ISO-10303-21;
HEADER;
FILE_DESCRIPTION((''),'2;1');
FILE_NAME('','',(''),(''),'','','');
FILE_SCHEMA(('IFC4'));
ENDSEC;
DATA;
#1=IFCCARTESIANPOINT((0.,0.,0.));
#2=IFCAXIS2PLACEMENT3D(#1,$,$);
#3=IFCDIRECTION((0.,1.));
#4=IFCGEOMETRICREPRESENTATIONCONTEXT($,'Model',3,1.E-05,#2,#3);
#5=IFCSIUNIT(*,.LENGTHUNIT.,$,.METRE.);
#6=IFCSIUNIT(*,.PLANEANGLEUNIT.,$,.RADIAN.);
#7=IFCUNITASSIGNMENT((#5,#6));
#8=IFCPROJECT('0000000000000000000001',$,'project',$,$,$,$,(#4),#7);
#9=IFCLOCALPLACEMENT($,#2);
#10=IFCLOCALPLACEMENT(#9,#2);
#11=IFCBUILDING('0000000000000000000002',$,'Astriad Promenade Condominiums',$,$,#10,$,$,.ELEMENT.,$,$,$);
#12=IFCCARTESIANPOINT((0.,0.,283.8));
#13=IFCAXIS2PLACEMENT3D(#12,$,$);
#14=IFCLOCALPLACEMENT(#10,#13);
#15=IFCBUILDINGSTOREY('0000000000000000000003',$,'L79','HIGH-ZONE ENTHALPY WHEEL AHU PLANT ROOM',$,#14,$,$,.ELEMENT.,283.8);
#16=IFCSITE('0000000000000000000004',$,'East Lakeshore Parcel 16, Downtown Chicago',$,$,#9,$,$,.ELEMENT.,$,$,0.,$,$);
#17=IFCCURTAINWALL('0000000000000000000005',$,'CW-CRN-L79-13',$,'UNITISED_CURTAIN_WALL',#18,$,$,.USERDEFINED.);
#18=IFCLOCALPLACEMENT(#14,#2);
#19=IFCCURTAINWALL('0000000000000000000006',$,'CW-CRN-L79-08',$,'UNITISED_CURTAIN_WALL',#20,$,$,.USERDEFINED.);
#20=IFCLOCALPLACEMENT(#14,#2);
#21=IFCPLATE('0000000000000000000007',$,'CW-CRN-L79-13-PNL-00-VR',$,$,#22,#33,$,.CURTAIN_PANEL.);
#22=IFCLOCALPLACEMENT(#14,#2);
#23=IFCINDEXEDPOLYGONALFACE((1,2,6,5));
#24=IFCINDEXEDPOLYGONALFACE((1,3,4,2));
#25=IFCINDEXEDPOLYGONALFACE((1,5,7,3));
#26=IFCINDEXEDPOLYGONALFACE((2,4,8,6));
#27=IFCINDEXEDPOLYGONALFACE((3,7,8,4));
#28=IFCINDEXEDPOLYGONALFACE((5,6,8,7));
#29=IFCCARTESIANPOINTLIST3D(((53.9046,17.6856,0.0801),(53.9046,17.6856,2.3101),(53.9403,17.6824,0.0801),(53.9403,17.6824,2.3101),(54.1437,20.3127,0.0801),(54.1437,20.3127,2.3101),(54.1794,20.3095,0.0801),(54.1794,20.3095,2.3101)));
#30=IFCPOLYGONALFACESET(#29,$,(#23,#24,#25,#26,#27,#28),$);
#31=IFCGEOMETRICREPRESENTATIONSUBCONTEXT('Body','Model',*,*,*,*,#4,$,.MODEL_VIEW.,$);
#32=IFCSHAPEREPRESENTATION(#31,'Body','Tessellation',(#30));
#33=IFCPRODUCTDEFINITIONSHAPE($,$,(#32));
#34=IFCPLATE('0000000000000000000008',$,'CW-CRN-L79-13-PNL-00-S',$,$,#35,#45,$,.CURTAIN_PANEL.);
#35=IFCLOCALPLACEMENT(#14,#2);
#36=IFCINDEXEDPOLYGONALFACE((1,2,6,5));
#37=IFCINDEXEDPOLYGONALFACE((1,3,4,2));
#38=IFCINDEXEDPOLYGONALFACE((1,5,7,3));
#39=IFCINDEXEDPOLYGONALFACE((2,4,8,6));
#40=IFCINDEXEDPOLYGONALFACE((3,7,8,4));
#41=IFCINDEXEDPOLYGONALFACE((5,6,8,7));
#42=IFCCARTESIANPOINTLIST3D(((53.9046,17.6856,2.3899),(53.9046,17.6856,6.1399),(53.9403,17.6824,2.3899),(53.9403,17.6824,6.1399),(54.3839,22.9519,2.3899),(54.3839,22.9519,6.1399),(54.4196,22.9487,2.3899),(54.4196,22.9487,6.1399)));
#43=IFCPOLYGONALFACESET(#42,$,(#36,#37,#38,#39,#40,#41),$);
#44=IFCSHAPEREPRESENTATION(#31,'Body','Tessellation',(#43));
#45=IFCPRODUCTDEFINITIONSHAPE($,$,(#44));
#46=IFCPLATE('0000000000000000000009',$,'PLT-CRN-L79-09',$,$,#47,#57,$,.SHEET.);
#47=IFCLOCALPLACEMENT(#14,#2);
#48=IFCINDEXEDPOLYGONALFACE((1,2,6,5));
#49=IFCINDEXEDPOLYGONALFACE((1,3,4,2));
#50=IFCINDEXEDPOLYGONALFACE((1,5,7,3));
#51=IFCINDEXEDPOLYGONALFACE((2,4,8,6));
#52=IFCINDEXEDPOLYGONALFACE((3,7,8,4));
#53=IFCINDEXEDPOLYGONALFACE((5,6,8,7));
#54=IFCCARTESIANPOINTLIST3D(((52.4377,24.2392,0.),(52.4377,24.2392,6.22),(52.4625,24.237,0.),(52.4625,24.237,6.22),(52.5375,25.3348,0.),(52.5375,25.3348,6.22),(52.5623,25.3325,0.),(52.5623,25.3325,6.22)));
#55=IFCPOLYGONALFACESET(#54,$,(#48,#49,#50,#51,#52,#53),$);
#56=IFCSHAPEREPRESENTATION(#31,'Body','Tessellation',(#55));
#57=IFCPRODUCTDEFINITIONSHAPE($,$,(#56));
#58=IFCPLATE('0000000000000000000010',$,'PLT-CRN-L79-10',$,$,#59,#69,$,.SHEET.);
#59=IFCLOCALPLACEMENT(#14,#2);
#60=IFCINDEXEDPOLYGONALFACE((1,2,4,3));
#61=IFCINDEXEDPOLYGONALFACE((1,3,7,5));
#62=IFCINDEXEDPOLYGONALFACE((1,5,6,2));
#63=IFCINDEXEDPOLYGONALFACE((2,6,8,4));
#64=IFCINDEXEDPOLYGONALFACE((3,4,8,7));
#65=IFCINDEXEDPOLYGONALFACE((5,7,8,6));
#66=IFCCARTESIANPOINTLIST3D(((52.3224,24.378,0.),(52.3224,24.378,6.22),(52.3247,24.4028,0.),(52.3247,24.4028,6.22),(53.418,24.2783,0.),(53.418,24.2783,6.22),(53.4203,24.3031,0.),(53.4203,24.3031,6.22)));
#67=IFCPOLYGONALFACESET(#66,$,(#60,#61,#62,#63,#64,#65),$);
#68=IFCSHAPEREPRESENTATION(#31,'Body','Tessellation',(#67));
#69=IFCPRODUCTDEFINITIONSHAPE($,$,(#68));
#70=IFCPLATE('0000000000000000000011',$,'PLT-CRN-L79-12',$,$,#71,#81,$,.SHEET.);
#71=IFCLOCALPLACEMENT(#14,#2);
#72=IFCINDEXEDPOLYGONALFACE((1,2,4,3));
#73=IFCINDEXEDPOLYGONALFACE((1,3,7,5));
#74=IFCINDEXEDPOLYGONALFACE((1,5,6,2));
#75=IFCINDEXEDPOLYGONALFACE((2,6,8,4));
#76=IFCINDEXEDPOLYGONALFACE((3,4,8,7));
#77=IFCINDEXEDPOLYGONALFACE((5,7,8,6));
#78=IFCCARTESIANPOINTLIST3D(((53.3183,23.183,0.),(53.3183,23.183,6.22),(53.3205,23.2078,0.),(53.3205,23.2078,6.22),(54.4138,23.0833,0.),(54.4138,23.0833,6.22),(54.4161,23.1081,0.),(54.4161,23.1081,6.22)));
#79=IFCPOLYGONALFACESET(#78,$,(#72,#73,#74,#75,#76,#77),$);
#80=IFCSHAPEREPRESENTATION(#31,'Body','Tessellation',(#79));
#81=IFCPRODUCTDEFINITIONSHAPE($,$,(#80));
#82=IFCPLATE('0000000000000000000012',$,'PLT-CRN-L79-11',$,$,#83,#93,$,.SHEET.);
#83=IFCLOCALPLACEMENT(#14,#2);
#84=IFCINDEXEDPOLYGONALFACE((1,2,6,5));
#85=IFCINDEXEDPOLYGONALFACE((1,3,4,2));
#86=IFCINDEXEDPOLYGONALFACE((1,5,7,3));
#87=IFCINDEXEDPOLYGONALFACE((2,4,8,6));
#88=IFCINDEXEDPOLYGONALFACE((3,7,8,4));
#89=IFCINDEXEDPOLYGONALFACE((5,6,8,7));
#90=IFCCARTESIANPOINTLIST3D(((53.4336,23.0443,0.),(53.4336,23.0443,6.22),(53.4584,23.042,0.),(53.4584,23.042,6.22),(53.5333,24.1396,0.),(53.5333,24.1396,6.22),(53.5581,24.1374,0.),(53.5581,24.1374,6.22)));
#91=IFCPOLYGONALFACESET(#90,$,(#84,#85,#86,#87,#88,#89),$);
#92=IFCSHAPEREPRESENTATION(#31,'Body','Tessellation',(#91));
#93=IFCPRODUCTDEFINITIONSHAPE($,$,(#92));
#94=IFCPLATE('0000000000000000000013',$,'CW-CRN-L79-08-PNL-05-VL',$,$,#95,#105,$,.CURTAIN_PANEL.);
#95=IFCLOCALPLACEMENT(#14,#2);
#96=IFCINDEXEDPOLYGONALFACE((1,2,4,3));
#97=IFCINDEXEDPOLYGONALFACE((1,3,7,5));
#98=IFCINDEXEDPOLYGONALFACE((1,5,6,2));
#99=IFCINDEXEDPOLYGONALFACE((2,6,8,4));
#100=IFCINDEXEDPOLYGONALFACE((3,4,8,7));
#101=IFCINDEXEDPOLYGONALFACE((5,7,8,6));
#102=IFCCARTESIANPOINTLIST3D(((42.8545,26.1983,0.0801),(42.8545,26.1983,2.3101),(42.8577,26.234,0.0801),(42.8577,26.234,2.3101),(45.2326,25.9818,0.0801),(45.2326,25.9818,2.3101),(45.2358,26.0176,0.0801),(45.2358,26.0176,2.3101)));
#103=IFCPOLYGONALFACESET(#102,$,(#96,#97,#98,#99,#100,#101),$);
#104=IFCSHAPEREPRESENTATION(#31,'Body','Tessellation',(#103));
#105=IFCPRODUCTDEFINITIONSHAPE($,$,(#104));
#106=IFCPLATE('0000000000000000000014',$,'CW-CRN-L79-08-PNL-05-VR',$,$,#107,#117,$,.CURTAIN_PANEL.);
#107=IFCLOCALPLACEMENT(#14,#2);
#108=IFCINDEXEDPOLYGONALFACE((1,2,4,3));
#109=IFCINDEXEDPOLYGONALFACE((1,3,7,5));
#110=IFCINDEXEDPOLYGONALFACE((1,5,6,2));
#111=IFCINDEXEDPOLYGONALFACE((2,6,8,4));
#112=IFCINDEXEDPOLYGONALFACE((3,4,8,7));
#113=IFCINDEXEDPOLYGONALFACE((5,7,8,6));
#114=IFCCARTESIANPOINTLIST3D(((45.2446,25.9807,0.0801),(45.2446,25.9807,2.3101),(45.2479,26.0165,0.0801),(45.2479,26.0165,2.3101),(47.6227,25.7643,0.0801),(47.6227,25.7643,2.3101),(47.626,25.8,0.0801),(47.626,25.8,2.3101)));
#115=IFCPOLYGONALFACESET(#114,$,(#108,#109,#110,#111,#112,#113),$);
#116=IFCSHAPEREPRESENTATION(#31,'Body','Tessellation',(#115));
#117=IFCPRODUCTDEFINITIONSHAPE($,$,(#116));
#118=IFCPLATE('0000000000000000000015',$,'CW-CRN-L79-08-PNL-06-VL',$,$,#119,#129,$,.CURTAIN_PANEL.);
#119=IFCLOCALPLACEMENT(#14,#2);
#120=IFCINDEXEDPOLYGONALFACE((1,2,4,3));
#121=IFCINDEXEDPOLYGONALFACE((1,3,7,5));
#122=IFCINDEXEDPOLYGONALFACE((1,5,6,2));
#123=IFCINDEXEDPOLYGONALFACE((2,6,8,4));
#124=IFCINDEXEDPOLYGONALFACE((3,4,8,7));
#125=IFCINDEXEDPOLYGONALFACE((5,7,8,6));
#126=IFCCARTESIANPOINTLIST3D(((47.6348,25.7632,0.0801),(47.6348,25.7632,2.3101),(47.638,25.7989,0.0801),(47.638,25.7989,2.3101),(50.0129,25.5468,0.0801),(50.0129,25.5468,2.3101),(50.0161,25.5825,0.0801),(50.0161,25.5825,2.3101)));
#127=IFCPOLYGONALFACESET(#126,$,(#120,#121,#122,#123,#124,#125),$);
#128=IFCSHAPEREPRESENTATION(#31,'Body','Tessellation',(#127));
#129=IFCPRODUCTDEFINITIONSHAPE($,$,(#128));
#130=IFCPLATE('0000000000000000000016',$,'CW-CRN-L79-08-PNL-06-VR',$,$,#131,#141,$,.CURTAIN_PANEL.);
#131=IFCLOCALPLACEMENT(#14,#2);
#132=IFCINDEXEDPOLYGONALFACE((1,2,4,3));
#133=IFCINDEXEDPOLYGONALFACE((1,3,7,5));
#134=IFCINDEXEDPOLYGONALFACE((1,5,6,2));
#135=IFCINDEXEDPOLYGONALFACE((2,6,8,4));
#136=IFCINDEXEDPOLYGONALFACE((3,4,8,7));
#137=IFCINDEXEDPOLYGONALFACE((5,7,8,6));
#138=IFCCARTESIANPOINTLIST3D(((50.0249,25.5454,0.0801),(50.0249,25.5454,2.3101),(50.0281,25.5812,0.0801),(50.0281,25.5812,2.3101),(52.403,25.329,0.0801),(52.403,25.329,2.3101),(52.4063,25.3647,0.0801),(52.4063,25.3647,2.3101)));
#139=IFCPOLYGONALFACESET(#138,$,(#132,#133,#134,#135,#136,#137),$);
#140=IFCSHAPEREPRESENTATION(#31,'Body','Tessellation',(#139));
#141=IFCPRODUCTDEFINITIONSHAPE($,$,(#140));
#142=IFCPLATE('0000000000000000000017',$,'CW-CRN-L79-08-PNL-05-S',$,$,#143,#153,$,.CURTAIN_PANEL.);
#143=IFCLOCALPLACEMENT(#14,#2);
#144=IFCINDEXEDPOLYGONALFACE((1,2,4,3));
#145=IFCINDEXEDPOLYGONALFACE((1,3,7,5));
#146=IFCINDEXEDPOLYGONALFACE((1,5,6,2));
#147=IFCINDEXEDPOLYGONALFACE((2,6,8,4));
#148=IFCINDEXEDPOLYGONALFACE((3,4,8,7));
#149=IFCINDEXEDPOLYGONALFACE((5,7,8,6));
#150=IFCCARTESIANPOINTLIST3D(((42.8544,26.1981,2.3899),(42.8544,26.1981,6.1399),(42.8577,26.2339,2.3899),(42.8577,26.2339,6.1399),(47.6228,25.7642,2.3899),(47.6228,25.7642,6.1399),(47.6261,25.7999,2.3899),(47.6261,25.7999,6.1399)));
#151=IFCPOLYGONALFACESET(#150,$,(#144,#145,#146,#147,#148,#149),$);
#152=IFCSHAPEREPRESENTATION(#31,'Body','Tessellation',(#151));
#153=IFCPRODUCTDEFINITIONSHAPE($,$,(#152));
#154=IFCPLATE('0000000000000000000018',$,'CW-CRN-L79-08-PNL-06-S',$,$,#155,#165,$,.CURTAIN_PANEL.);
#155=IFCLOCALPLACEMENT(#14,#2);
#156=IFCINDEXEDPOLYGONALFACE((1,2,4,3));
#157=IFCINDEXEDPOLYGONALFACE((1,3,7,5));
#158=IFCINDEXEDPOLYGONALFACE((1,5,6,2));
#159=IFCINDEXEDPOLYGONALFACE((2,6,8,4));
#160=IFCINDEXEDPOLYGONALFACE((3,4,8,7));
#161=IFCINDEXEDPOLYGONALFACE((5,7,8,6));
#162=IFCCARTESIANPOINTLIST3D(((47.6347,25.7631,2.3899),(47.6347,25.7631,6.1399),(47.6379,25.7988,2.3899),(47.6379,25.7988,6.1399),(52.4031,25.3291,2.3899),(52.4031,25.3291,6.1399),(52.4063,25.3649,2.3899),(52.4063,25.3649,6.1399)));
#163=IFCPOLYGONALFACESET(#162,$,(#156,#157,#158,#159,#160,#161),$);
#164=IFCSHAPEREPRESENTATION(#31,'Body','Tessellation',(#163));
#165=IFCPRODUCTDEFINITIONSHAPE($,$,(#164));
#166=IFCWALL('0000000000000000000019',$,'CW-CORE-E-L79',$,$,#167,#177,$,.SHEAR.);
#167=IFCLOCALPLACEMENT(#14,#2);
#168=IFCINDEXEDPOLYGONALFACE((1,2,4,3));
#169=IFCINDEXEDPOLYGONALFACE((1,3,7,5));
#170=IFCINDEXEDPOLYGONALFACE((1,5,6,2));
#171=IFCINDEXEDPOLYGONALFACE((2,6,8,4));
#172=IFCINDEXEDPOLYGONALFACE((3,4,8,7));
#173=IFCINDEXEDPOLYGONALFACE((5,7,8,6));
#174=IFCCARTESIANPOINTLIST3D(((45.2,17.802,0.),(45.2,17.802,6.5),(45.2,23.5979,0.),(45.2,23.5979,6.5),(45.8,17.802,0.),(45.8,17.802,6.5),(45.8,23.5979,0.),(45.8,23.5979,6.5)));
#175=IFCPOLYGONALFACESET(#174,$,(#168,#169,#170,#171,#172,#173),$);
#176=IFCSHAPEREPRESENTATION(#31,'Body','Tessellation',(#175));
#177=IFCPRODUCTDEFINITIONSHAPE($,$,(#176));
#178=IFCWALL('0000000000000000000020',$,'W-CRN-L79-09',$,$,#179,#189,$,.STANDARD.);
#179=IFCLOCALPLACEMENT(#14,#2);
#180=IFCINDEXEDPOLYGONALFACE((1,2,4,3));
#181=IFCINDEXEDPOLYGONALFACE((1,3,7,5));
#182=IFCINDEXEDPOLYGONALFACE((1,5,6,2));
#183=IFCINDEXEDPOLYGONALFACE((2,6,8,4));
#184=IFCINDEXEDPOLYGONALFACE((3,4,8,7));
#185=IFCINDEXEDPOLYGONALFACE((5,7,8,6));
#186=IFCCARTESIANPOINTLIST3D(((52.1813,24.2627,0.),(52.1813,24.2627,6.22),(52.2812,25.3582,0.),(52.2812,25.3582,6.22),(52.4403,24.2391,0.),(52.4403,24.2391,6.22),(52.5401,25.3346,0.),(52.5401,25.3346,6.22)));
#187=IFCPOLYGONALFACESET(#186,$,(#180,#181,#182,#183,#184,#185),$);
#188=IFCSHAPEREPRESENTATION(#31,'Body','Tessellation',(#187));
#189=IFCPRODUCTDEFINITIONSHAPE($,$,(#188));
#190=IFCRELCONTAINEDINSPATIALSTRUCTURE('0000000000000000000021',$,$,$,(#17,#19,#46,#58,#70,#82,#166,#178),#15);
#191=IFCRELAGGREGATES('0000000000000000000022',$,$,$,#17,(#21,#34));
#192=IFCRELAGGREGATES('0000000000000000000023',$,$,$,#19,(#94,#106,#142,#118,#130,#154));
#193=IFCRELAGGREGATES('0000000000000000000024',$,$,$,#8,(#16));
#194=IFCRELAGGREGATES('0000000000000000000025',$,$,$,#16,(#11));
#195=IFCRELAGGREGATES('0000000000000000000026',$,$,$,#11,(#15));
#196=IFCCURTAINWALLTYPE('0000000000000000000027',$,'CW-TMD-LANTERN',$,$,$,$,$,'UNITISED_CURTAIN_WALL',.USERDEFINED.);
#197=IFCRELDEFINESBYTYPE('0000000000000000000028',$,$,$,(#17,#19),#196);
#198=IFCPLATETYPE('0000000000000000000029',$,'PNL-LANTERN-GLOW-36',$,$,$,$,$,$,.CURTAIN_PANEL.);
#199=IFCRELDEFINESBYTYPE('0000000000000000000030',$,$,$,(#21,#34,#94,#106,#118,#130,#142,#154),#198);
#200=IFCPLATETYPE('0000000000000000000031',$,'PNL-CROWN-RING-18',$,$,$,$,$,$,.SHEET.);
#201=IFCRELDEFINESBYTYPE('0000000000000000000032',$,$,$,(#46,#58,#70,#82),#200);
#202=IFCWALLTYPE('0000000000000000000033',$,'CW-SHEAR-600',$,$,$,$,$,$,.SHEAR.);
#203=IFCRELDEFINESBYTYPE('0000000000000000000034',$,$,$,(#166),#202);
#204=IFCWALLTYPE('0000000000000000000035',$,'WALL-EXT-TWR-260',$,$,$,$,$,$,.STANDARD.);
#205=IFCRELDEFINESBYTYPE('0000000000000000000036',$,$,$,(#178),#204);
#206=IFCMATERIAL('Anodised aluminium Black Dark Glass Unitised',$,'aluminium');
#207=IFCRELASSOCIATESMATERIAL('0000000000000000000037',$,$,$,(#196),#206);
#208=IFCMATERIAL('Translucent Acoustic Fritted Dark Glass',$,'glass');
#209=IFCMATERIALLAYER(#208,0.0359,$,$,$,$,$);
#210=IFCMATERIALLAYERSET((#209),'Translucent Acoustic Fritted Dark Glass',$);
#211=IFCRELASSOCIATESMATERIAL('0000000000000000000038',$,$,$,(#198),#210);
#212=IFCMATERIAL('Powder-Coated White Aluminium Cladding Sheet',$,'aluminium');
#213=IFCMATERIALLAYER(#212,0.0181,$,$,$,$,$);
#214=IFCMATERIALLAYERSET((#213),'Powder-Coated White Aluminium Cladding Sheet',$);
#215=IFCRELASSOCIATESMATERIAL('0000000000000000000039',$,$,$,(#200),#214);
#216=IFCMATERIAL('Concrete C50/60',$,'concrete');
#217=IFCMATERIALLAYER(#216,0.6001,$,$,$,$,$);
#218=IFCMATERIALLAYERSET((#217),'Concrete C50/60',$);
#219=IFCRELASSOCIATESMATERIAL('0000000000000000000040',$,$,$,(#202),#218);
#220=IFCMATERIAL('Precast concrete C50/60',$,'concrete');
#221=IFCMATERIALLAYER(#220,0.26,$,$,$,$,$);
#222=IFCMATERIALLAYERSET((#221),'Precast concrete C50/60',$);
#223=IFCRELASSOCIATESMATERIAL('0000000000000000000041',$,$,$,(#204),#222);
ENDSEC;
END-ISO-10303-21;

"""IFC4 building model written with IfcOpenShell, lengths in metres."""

from ifc_helpers import new_model, si_unit, direction, frame, frame_2d, origin, origin_2d, place, context, subcontext, project, spatial, rectangle, extrude, source, transform, mapped, material, layer, layer_set, type_object, type_shapes, element, aggregate, save


model = new_model("IFC4")

# Units and contexts
model_context = context("Model", 3, precision=1e-05, world=origin(), true_north=direction((0.0, 1.0)))
body_context = subcontext(model_context, "Body", "Model", "MODEL_VIEW")
ifc_project = project(units=[si_unit("LENGTHUNIT", "METRE"), si_unit("PLANEANGLEUNIT", "RADIAN")], contexts=[model_context])

# Site, building, storey
site_placement = place(None, origin())
site = spatial("IfcSite", under=ifc_project, at=site_placement, Name="East Lakeshore Parcel 16, Downtown Chicago", CompositionType="ELEMENT", RefElevation=0.0)
building_placement = place(site_placement, origin())
building = spatial("IfcBuilding", under=site, at=building_placement, Name="Astriad Promenade Condominiums", CompositionType="ELEMENT")
storey_placement = place(building_placement, frame((0.0, 0.0, 283.8)))
storey = spatial("IfcBuildingStorey", under=building, at=storey_placement, Name="L79", Description="HIGH-ZONE ENTHALPY WHEEL AHU PLANT ROOM", CompositionType="ELEMENT", Elevation=283.8)

# Shared definitions
ifc_material_1 = material(Name="Concrete C50/60", Category="concrete")

# Curtain wall
ifc_material_2 = material(Name="Anodised aluminium Black Dark Glass Unitised", Category="aluminium")
curtain_wall_type = type_object("IfcCurtainWallType", Name="CW-TMD-LANTERN", ElementType="UNITISED_CURTAIN_WALL", PredefinedType="USERDEFINED", material=ifc_material_2)
curtain_wall_1_placement = place(storey_placement, origin())
curtain_wall_1 = element("IfcCurtainWall", 1, at=curtain_wall_1_placement, inside=storey, type_object=curtain_wall_type, Name="CW-CRN-L79-13", ObjectType="UNITISED_CURTAIN_WALL", PredefinedType="USERDEFINED")

# Curtain wall
curtain_wall_2_placement = place(storey_placement, origin())
curtain_wall_2 = element("IfcCurtainWall", 2, at=curtain_wall_2_placement, inside=storey, type_object=curtain_wall_type, Name="CW-CRN-L79-08", ObjectType="UNITISED_CURTAIN_WALL", PredefinedType="USERDEFINED")

# Plates
ifc_material_3 = material(Name="Translucent Acoustic Fritted Dark Glass", Category="glass")
ifc_layer_1 = layer(ifc_material_3, 0.0359)
ifc_layer_set_1 = layer_set([ifc_layer_1], Name="Translucent Acoustic Fritted Dark Glass")
plate_type_1 = type_object("IfcPlateType", Name="PNL-LANTERN-GLOW-36", PredefinedType="CURTAIN_PANEL", material=ifc_layer_set_1)
shared_shape_1 = source(origin(), body_context, "Body", "SweptSolid", [
    extrude(rectangle(XDim=2.6379, YDim=0.0359, at=origin_2d()), origin(), (0.0, 0.0, 1.0), 2.23),
])
plate_1_placement = place(storey_placement, frame((54.042, 18.9976, 0.0801), z_axis=(0.0, 0.0, 1.0), x_axis=(-0.090633, -0.995884, 0.0)))
plate_1 = element("IfcPlate", 3, at=plate_1_placement, type_object=plate_type_1, Name="CW-CRN-L79-13-PNL-00-VR", PredefinedType="CURTAIN_PANEL", context=body_context, shape_type="MappedRepresentation", body=[
    mapped(shared_shape_1, transform((0.0, 0.0, 0.0), scale=1.0)),
])
shared_shape_2 = source(origin(), body_context, "Body", "SweptSolid", [
    extrude(rectangle(XDim=5.2881, YDim=0.0359, at=origin_2d()), origin(), (0.0, 0.0, 1.0), 3.75),
])
plate_2_placement = place(storey_placement, frame((54.1621, 20.3171, 2.3899), z_axis=(0.0, 0.0, 1.0), x_axis=(-0.090633, -0.995884, 0.0)))
plate_2 = element("IfcPlate", 4, at=plate_2_placement, type_object=plate_type_1, Name="CW-CRN-L79-13-PNL-00-S", PredefinedType="CURTAIN_PANEL", context=body_context, shape_type="MappedRepresentation", body=[
    mapped(shared_shape_2, transform((0.0, 0.0, 0.0), scale=1.0)),
])
aggregate(curtain_wall_1, [plate_1, plate_2])

# Plates
ifc_material_4 = material(Name="Powder-Coated White Aluminium Cladding Sheet", Category="aluminium")
ifc_layer_2 = layer(ifc_material_4, 0.0181)
ifc_layer_set_2 = layer_set([ifc_layer_2], Name="Powder-Coated White Aluminium Cladding Sheet")
plate_type_2 = type_object("IfcPlateType", Name="PNL-CROWN-RING-18", PredefinedType="SHEET", material=ifc_layer_set_2)
shared_shape_3 = source(origin(), body_context, "Body", "SweptSolid", [
    extrude(rectangle(XDim=1.1001, YDim=0.0249, at=origin_2d()), origin(), (0.0, 0.0, 1.0), 6.22),
])
for number, where, z_axis, x_axis, name in (
    (5, (52.5, 24.7859, 0.0), (0.0, 0.0, 1.0), (-0.090633, -0.995884, 0.0), "PLT-CRN-L79-09"),
    (6, (52.8713, 24.3406, 0.0), (0.0, 0.0, 1.0), (0.995884, -0.090633, 0.0), "PLT-CRN-L79-10"),
    (7, (53.8672, 23.1455, 0.0), (0.0, 0.0, 1.0), (0.995884, -0.090633, 0.0), "PLT-CRN-L79-12"),
):
    element("IfcPlate", number, at=place(storey_placement, frame(where, z_axis=z_axis, x_axis=x_axis)), inside=storey, type_object=plate_type_2, Name=name, PredefinedType="SHEET", context=body_context, shape_type="MappedRepresentation", body=[
        mapped(shared_shape_3, transform((0.0, 0.0, 0.0), scale=1.0)),
    ])
shared_shape_4 = source(origin(), body_context, "Body", "SweptSolid", [
    extrude(rectangle(XDim=1.0999, YDim=0.0249, at=origin_2d()), origin(), (0.0, 0.0, 1.0), 6.22),
])
type_shapes(plate_type_2, [shared_shape_3, shared_shape_4])
plate_3_placement = place(storey_placement, frame((53.4958, 23.5908, 0.0), z_axis=(0.0, 0.0, 1.0), x_axis=(-0.09065, -0.995883, 0.0)))
element("IfcPlate", 8, at=plate_3_placement, inside=storey, type_object=plate_type_2, Name="PLT-CRN-L79-11", PredefinedType="SHEET", context=body_context, shape_type="MappedRepresentation", body=[
    mapped(shared_shape_4, transform((0.0, 0.0, 0.0), scale=1.0)),
])

# Plates
shared_shape_5 = source(origin(), body_context, "Body", "SweptSolid", [
    extrude(rectangle(XDim=2.3879, YDim=0.0359, at=origin_2d()), origin(), (0.0, 0.0, 1.0), 2.23),
])
plate_4_placement = place(storey_placement, frame((44.0452, 26.1079, 0.0801), z_axis=(0.0, 0.0, 1.0), x_axis=(0.995884, -0.090633, 0.0)))
plate_4 = element("IfcPlate", 9, at=plate_4_placement, type_object=plate_type_1, Name="CW-CRN-L79-08-PNL-05-VL", PredefinedType="CURTAIN_PANEL", context=body_context, shape_type="MappedRepresentation", body=[
    mapped(shared_shape_5, transform((0.0, 0.0, 0.0), scale=1.0)),
])
plate_5_placement = place(storey_placement, frame((46.4353, 25.8904, 0.0801), z_axis=(0.0, 0.0, 1.0), x_axis=(0.995884, -0.090633, 0.0)))
plate_5 = element("IfcPlate", 10, at=plate_5_placement, type_object=plate_type_1, Name="CW-CRN-L79-08-PNL-05-VR", PredefinedType="CURTAIN_PANEL", context=body_context, shape_type="MappedRepresentation", body=[
    mapped(shared_shape_5, transform((0.0, 0.0, 0.0), scale=1.0)),
])
plate_6_placement = place(storey_placement, frame((48.8254, 25.6729, 0.0801), z_axis=(0.0, 0.0, 1.0), x_axis=(0.995884, -0.090633, 0.0)))
plate_6 = element("IfcPlate", 11, at=plate_6_placement, type_object=plate_type_1, Name="CW-CRN-L79-08-PNL-06-VL", PredefinedType="CURTAIN_PANEL", context=body_context, shape_type="MappedRepresentation", body=[
    mapped(shared_shape_5, transform((0.0, 0.0, 0.0), scale=1.0)),
])
plate_7_placement = place(storey_placement, frame((51.2156, 25.4551, 0.0801), z_axis=(0.0, 0.0, 1.0), x_axis=(0.995884, -0.090633, 0.0)))
plate_7 = element("IfcPlate", 12, at=plate_7_placement, type_object=plate_type_1, Name="CW-CRN-L79-08-PNL-06-VR", PredefinedType="CURTAIN_PANEL", context=body_context, shape_type="MappedRepresentation", body=[
    mapped(shared_shape_5, transform((0.0, 0.0, 0.0), scale=1.0)),
])
shared_shape_6 = source(origin(), body_context, "Body", "SweptSolid", [
    extrude(rectangle(XDim=4.7881, YDim=0.0359, at=origin_2d()), origin(), (0.0, 0.0, 1.0), 3.75),
])
type_shapes(plate_type_1, [shared_shape_1, shared_shape_2, shared_shape_5, shared_shape_6])
plate_8_placement = place(storey_placement, frame((45.2402, 25.999, 2.3899), z_axis=(0.0, 0.0, 1.0), x_axis=(0.995884, -0.090633, 0.0)))
plate_8 = element("IfcPlate", 13, at=plate_8_placement, type_object=plate_type_1, Name="CW-CRN-L79-08-PNL-05-S", PredefinedType="CURTAIN_PANEL", context=body_context, shape_type="MappedRepresentation", body=[
    mapped(shared_shape_6, transform((0.0, 0.0, 0.0), scale=1.0)),
])
plate_9_placement = place(storey_placement, frame((50.0205, 25.564, 2.3899), z_axis=(0.0, 0.0, 1.0), x_axis=(0.995884, -0.090633, 0.0)))
plate_9 = element("IfcPlate", 14, at=plate_9_placement, type_object=plate_type_1, Name="CW-CRN-L79-08-PNL-06-S", PredefinedType="CURTAIN_PANEL", context=body_context, shape_type="MappedRepresentation", body=[
    mapped(shared_shape_6, transform((0.0, 0.0, 0.0), scale=1.0)),
])
aggregate(curtain_wall_2, [plate_4, plate_5, plate_8, plate_6, plate_7, plate_9])

# Walls
ifc_layer_3 = layer(ifc_material_1, 0.6001)
ifc_layer_set_3 = layer_set([ifc_layer_3], Name="Concrete C50/60")
wall_type_1 = type_object("IfcWallType", Name="CW-SHEAR-600", PredefinedType="SHEAR", material=ifc_layer_set_3)
wall_1_placement = place(storey_placement, frame((45.5, 17.802, 0.0), z_axis=(0.0, 0.0, 1.0), x_axis=(0.0, 1.0, 0.0)))
element("IfcWall", 15, at=wall_1_placement, inside=storey, type_object=wall_type_1, Name="CW-CORE-E-L79", PredefinedType="SHEAR", context=body_context, shape_type="SweptSolid", body=[
    extrude(rectangle(XDim=5.7959, YDim=0.6001, at=frame_2d((2.8979, 0.0))), origin(), (0.0, 0.0, 1.0), 6.5),
])
ifc_material_5 = material(Name="Precast concrete C50/60", Category="concrete")
ifc_layer_4 = layer(ifc_material_5, 0.26)
ifc_layer_set_4 = layer_set([ifc_layer_4], Name="Precast concrete C50/60")
wall_type_2 = type_object("IfcWallType", Name="WALL-EXT-TWR-260", PredefinedType="STANDARD", material=ifc_layer_set_4)
wall_2_placement = place(storey_placement, frame((52.4106, 25.3464, 0.0), z_axis=(0.0, 0.0, 1.0), x_axis=(-0.090776, -0.995871, 0.0)))
element("IfcWall", 16, at=wall_2_placement, inside=storey, type_object=wall_type_2, Name="W-CRN-L79-09", PredefinedType="STANDARD", context=body_context, shape_type="SweptSolid", body=[
    extrude(rectangle(XDim=1.1001, YDim=0.26, at=frame_2d((0.55, 0.0))), origin(), (0.0, 0.0, 1.0), 6.22),
])

save(model, "model.ifc")
